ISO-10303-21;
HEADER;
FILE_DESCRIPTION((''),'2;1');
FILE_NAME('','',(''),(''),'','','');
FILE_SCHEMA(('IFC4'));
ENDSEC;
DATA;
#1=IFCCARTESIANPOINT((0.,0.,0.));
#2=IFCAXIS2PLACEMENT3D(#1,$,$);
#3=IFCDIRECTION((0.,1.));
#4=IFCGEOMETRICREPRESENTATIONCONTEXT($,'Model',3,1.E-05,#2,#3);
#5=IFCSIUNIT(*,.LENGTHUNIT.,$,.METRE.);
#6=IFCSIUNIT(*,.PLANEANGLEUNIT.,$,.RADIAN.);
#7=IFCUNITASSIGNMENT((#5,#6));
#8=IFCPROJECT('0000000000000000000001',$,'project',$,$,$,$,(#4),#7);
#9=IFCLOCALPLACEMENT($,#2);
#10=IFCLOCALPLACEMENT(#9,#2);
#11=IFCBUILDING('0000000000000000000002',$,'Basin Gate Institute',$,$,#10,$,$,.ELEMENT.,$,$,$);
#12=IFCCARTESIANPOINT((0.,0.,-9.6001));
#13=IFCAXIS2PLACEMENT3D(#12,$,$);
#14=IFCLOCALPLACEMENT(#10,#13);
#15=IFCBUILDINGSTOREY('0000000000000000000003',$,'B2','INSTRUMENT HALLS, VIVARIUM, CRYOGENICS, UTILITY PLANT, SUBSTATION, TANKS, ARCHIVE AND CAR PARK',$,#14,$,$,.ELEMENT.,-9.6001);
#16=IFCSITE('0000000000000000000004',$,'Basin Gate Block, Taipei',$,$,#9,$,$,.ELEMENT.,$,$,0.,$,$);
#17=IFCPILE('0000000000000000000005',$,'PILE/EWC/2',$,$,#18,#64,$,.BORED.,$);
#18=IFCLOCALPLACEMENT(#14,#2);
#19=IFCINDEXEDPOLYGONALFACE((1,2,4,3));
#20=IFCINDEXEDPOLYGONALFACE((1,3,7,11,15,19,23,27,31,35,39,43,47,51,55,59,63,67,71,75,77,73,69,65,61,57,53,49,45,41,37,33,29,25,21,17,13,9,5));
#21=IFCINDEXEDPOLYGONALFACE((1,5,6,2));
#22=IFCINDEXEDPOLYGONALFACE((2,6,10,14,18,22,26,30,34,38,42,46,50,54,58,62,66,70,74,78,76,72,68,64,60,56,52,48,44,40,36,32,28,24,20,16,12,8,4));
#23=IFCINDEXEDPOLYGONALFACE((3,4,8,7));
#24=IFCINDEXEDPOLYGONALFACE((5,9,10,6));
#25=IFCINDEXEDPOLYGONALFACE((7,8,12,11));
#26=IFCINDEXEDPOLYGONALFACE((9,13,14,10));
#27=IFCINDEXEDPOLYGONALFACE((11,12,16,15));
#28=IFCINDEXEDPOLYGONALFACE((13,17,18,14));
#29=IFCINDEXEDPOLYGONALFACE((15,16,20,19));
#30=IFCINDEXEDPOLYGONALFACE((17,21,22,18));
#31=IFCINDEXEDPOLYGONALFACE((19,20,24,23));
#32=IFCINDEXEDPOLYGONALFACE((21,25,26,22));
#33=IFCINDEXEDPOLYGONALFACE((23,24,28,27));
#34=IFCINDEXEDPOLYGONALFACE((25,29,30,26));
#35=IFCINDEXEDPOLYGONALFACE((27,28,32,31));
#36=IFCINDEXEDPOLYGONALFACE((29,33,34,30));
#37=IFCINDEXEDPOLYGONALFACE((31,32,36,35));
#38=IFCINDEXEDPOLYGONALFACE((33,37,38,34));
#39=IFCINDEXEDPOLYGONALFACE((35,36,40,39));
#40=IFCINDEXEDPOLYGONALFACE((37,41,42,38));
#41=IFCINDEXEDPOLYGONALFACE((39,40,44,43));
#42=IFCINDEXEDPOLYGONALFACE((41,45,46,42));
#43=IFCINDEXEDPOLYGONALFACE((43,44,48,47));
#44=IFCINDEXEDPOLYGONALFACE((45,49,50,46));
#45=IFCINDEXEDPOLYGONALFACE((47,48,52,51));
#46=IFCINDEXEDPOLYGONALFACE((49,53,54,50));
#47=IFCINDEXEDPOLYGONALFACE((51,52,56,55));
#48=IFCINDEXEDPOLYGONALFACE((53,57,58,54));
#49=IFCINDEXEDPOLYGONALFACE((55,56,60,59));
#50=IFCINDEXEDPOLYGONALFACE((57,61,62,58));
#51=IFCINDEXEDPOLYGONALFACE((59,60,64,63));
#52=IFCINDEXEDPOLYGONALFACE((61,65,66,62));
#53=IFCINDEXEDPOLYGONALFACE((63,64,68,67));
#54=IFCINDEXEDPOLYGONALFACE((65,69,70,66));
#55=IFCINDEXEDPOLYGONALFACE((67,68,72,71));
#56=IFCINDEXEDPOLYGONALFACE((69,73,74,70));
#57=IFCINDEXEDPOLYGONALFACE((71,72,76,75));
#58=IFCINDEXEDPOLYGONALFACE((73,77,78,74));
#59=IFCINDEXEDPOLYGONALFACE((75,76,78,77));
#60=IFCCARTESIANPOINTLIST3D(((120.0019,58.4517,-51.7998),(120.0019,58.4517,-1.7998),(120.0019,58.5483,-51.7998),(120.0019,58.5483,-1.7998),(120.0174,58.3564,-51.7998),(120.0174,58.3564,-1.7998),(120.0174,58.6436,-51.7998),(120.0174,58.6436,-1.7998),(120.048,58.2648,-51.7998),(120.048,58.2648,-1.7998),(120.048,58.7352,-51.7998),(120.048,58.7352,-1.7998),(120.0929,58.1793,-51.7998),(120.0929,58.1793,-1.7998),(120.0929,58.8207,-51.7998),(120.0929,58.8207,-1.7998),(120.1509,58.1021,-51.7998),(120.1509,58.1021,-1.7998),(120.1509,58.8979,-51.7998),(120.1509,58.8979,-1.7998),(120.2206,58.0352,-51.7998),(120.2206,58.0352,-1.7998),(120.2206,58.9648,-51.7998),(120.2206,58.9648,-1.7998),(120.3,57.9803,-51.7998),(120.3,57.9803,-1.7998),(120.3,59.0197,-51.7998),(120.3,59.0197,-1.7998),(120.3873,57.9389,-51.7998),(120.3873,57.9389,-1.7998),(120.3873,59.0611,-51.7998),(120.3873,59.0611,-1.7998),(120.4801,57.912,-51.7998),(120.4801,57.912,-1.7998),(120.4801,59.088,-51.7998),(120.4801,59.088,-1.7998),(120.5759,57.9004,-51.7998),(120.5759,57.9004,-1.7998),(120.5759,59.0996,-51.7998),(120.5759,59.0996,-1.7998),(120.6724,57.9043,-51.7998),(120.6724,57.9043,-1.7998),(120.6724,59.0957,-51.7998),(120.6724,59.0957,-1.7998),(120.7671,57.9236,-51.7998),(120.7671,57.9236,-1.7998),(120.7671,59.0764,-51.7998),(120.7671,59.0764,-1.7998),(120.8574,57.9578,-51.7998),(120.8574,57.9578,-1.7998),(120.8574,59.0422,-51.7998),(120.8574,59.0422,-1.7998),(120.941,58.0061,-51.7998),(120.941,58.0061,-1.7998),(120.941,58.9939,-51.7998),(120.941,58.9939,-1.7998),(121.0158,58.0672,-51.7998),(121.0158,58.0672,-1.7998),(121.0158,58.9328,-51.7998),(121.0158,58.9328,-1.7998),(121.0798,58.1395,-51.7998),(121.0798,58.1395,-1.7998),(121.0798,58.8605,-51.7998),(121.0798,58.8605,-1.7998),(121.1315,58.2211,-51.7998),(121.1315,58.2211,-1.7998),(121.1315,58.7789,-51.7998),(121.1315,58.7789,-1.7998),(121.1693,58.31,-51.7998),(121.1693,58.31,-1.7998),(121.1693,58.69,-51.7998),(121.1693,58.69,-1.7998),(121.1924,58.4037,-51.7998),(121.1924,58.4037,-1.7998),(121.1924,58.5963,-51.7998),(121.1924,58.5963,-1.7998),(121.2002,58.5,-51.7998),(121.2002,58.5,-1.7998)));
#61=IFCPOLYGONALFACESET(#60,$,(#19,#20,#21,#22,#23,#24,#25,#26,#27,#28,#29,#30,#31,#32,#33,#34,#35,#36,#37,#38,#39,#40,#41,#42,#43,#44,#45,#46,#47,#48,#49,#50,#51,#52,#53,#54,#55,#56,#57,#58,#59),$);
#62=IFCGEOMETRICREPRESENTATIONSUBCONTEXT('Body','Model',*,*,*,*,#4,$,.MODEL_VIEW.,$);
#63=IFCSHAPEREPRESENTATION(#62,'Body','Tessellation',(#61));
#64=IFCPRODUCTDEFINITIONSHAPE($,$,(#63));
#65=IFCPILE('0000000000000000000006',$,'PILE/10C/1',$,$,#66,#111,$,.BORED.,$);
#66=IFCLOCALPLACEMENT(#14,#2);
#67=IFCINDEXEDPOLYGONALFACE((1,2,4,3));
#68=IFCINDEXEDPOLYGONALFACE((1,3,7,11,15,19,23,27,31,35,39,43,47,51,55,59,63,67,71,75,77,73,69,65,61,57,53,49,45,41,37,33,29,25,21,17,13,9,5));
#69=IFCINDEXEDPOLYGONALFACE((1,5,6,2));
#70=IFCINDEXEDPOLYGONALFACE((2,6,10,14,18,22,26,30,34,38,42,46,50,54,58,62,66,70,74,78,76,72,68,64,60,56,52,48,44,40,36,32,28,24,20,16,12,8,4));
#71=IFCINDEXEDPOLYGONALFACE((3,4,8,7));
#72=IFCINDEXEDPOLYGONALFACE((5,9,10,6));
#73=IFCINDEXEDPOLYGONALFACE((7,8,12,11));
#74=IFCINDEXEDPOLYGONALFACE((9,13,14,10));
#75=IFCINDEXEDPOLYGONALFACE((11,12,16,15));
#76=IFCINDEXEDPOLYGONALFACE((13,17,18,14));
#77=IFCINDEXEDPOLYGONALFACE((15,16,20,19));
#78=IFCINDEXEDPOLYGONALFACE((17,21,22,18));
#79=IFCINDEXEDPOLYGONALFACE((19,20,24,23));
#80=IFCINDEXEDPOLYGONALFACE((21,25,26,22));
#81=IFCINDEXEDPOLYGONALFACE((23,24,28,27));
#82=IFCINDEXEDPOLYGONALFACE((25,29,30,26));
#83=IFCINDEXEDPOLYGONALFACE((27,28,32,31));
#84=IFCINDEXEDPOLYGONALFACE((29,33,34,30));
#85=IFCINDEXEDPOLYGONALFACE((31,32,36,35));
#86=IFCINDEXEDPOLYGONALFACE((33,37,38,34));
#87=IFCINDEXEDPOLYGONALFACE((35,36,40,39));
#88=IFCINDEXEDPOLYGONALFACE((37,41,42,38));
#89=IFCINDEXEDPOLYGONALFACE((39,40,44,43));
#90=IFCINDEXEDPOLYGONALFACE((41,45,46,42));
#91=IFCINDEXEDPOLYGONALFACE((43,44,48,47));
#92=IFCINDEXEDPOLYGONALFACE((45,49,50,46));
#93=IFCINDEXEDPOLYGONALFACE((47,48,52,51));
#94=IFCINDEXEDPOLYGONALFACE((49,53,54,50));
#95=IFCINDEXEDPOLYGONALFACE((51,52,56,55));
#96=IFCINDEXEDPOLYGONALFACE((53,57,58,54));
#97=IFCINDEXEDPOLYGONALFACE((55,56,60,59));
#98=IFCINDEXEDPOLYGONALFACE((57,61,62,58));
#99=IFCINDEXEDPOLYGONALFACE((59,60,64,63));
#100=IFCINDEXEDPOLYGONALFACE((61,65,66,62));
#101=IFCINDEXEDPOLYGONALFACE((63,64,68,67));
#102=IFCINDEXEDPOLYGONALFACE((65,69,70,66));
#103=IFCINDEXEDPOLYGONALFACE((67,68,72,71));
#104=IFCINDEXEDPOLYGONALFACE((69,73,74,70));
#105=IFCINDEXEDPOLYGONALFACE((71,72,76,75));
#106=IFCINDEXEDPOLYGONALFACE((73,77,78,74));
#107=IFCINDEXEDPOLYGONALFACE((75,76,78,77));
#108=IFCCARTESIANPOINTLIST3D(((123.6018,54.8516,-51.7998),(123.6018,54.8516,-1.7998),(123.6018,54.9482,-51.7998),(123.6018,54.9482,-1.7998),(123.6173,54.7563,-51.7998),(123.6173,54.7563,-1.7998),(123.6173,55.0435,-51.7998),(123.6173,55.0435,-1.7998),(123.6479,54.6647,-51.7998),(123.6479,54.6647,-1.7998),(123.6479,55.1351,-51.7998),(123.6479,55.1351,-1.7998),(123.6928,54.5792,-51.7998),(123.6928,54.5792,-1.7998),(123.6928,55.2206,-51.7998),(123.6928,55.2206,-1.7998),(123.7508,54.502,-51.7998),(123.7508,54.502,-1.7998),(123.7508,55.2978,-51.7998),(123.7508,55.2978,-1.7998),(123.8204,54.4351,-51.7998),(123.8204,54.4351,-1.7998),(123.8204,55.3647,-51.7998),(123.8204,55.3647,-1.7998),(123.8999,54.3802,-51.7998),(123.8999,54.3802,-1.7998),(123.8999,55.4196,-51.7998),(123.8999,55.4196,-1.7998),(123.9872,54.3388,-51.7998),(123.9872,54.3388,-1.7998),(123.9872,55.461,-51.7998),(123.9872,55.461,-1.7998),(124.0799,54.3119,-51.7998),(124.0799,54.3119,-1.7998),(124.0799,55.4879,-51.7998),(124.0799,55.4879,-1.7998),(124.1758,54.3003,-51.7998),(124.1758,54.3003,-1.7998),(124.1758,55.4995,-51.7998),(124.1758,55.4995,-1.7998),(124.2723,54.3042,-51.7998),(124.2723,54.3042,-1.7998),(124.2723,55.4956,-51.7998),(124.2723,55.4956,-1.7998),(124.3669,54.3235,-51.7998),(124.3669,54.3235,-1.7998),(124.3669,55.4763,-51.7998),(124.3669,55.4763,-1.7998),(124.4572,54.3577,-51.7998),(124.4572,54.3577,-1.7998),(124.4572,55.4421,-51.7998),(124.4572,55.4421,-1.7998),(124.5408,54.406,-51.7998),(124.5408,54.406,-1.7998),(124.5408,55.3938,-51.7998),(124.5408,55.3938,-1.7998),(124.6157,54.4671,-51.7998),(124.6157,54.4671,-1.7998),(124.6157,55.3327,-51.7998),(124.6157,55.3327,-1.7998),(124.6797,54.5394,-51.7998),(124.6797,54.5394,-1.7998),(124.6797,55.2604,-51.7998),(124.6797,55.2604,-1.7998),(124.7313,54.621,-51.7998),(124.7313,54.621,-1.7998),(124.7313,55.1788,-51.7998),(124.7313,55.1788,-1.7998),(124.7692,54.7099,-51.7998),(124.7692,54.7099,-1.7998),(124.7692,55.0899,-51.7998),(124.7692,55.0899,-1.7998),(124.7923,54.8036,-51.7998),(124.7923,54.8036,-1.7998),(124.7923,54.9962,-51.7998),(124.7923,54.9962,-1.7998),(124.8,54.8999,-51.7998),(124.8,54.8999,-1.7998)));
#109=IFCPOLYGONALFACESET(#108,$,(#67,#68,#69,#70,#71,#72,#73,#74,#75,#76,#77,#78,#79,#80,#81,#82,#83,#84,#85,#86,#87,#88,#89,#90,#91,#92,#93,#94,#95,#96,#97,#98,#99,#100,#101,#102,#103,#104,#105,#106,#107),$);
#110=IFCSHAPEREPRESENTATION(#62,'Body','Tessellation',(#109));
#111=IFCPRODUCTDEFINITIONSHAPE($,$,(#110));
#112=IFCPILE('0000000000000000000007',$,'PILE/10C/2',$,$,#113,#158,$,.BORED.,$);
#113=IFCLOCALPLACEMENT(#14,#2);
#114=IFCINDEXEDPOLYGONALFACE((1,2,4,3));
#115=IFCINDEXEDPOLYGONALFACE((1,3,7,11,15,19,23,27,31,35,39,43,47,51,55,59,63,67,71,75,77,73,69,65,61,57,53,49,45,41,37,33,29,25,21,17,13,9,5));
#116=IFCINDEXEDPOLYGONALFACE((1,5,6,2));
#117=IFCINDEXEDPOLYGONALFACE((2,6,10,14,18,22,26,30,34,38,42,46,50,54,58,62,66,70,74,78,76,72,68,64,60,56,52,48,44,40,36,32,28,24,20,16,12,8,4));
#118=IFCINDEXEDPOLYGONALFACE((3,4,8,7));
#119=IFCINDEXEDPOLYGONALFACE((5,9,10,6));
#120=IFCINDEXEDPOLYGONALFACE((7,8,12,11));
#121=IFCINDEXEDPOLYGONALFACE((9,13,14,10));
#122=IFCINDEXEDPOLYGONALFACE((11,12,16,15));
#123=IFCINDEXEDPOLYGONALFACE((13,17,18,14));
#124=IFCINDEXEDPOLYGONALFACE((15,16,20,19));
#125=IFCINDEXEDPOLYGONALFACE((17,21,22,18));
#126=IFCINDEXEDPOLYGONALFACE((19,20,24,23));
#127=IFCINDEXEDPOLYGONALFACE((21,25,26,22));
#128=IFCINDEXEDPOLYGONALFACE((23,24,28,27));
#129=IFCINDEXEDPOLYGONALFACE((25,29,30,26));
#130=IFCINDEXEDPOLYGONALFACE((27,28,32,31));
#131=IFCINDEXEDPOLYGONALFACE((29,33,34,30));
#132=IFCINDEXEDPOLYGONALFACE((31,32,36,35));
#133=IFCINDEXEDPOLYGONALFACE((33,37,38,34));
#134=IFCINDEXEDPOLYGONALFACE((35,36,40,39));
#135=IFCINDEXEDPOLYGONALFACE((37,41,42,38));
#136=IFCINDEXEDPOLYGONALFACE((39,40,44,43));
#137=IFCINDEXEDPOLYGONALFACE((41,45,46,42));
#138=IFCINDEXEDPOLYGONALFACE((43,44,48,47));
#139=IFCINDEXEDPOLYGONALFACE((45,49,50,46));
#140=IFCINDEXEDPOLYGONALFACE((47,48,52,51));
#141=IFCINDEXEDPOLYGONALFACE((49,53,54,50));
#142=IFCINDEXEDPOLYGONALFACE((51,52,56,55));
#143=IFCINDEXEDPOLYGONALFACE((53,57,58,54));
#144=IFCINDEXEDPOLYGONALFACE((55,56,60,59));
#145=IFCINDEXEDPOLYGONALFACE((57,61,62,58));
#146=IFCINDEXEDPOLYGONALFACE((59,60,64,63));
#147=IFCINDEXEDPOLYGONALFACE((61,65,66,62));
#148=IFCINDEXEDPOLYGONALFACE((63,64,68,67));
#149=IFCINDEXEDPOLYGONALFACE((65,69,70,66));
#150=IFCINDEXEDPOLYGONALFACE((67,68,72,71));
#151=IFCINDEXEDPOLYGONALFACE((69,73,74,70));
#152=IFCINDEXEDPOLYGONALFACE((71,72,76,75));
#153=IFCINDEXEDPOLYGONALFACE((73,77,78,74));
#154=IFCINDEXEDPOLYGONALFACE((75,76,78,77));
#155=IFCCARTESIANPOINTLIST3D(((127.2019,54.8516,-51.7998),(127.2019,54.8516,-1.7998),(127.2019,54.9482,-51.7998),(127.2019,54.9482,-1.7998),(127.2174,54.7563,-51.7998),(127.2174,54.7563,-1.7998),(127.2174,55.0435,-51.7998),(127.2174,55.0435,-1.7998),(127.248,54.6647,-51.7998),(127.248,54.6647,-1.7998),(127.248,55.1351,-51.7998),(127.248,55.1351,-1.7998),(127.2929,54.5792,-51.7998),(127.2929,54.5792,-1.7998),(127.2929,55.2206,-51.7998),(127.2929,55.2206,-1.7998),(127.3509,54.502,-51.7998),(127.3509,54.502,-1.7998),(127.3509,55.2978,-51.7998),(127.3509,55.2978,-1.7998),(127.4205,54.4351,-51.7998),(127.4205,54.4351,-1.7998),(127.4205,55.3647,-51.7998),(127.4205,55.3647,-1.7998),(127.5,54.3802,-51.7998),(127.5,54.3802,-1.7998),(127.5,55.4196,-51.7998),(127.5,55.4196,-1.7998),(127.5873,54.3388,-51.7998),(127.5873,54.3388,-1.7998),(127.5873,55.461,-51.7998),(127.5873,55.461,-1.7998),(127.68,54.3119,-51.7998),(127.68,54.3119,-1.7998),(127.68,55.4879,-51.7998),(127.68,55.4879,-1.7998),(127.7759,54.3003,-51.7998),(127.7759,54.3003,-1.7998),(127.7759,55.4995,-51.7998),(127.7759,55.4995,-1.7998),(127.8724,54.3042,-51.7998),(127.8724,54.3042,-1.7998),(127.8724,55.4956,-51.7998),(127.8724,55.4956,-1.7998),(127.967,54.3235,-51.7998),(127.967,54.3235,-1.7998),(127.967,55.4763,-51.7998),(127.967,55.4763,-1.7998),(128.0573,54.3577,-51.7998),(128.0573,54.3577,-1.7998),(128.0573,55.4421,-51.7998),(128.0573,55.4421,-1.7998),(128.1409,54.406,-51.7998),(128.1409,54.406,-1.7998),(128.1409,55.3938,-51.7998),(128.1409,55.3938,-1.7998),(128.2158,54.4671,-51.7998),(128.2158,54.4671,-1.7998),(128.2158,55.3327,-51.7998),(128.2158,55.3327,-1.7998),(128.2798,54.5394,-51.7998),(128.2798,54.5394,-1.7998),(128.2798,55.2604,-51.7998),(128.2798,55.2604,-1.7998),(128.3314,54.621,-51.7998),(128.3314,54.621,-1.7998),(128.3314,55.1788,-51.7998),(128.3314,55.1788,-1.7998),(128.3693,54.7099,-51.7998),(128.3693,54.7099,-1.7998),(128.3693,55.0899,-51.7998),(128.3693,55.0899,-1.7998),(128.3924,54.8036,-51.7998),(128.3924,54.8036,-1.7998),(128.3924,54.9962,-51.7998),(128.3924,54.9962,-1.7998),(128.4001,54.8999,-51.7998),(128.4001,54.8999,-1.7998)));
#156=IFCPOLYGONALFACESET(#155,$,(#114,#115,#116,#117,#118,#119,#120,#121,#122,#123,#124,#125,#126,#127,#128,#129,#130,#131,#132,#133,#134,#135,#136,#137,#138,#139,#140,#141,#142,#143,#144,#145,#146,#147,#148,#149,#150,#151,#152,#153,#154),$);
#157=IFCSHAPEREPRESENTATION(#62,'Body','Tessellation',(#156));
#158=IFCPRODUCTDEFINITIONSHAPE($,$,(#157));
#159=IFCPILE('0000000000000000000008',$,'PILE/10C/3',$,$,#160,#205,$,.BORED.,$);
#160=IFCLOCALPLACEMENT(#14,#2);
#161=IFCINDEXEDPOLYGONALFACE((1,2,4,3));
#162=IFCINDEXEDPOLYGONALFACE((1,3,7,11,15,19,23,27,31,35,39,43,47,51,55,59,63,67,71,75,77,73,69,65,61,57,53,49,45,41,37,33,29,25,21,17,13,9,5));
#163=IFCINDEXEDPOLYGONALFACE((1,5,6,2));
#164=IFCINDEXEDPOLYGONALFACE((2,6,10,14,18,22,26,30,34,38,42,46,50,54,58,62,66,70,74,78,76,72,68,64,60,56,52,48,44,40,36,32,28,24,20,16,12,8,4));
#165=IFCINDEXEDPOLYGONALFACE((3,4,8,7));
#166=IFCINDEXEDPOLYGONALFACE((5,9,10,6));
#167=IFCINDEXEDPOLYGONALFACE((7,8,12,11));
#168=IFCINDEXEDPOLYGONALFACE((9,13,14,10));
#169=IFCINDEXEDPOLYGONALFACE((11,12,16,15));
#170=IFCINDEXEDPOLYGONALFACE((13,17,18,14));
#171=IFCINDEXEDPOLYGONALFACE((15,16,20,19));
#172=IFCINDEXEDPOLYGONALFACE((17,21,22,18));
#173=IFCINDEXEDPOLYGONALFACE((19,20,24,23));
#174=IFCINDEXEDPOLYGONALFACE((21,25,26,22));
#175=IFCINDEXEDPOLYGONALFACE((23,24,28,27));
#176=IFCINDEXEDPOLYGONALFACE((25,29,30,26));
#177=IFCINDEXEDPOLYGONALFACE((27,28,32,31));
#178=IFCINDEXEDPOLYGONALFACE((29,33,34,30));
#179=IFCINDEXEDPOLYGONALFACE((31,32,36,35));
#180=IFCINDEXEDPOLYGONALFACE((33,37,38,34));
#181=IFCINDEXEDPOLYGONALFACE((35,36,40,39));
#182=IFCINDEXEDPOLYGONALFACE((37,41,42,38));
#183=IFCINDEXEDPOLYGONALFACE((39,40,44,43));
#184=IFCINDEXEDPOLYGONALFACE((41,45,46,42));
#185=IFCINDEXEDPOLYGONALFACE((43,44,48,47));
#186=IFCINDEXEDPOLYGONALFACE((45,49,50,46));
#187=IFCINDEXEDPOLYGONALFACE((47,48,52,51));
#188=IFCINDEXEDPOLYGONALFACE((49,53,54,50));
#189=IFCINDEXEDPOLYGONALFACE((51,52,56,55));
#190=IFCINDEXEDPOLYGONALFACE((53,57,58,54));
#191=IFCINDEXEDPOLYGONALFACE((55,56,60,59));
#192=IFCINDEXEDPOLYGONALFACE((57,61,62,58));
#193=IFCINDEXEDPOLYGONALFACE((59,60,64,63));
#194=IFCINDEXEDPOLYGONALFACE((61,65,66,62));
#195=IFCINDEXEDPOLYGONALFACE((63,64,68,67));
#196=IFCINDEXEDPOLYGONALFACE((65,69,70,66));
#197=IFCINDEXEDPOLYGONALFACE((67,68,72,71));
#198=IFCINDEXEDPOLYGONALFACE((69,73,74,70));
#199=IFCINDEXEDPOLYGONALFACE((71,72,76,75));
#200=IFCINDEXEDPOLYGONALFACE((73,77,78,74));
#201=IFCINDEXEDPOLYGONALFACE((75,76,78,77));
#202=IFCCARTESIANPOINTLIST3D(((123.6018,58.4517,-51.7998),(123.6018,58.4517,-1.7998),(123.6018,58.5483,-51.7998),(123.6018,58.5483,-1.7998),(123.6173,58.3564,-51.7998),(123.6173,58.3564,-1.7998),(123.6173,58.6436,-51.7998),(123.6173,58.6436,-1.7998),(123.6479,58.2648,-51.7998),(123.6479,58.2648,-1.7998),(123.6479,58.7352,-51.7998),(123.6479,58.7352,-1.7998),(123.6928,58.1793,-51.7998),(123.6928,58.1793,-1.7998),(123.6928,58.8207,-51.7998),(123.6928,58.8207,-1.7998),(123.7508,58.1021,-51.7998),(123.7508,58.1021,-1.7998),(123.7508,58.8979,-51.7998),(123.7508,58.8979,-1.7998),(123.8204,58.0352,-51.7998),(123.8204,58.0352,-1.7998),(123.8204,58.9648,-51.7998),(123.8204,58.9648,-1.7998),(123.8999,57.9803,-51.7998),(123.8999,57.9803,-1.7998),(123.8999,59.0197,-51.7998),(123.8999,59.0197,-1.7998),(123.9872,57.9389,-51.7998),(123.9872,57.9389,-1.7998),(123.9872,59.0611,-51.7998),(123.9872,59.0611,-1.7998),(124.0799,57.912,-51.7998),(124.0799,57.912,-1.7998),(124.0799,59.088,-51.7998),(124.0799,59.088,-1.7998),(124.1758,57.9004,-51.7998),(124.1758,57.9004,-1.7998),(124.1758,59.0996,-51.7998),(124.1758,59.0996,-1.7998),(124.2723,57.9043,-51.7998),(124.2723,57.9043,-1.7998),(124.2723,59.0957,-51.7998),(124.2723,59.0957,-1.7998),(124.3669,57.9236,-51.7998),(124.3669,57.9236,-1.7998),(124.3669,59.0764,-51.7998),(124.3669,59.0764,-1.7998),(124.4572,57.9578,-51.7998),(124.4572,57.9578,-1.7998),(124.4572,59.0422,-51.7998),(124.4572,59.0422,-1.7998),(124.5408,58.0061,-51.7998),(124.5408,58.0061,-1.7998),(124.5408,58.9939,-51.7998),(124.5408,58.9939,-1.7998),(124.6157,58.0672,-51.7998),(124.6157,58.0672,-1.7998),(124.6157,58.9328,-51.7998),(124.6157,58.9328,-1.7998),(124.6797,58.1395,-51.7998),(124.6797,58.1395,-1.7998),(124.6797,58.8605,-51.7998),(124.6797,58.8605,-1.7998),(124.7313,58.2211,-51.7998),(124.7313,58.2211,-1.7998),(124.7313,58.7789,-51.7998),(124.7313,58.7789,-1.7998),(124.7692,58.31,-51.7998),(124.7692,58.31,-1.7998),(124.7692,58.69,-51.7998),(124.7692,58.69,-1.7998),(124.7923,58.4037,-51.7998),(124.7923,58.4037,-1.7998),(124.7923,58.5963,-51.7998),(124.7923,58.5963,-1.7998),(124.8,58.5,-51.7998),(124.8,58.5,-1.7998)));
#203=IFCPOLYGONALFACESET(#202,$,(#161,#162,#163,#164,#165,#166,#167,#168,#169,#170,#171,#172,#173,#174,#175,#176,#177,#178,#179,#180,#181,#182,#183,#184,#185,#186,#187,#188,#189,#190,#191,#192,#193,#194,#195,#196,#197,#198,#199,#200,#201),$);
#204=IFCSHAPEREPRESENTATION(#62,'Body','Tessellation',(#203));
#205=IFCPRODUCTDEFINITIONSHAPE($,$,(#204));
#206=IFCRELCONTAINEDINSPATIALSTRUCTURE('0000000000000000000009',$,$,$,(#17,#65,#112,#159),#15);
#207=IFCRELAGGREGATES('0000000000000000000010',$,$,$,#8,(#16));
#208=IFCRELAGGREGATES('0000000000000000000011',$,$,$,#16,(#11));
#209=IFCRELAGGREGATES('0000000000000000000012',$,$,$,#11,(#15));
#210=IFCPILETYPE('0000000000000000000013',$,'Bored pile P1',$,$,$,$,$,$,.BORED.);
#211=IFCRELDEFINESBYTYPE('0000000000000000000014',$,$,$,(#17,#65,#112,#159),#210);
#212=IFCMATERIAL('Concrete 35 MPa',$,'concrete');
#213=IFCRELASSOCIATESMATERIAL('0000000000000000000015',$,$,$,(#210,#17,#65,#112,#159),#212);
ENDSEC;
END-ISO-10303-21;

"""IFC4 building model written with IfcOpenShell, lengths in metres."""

from ifc_helpers import new_model, si_unit, direction, frame, origin, origin_2d, place, context, subcontext, project, spatial, circle, extrude, material, material_profile, profile_set, type_object, element, save


model = new_model("IFC4")

# Units and contexts
model_context = context("Model", 3, precision=1e-05, world=origin(), true_north=direction((0.0, 1.0)))
body_context = subcontext(model_context, "Body", "Model", "MODEL_VIEW")
ifc_project = project(units=[si_unit("LENGTHUNIT", "METRE"), si_unit("PLANEANGLEUNIT", "RADIAN")], contexts=[model_context])

# Site, building, storey
site_placement = place(None, origin())
site = spatial("IfcSite", under=ifc_project, at=site_placement, Name="Basin Gate Block, Taipei", CompositionType="ELEMENT", RefElevation=0.0)
building_placement = place(site_placement, origin())
building = spatial("IfcBuilding", under=site, at=building_placement, Name="Basin Gate Institute", CompositionType="ELEMENT")
storey_placement = place(building_placement, frame((0.0, 0.0, -9.6001)))
storey = spatial("IfcBuildingStorey", under=building, at=storey_placement, Name="B2", Description="INSTRUMENT HALLS, VIVARIUM, CRYOGENICS, UTILITY PLANT, SUBSTATION, TANKS, ARCHIVE AND CAR PARK", CompositionType="ELEMENT", Elevation=-9.6001)

# Piles
ifc_material_1 = material(Name="Concrete 35 MPa", Category="concrete")
ifc_material_profile_1 = material_profile(ifc_material_1, circle(Radius=0.6001, at=origin_2d()), Name="Bored pile P1 1200 dia")
ifc_profile_set_1 = profile_set([ifc_material_profile_1], Name="Concrete 35 MPa")
pile_type = type_object("IfcPileType", Name="Bored pile P1", PredefinedType="BORED", material=ifc_profile_set_1)
for number, where, z_axis, x_axis, name in (
    (1, (120.6001, 58.5, -1.7998), (0.0, 0.0, -1.0), (1.0, 0.0, 0.0), "PILE/EWC/2"),
    (2, (124.2, 54.8999, -1.7998), (0.0, 0.0, -1.0), (1.0, 0.0, 0.0), "PILE/10C/1"),
    (3, (127.8, 54.8999, -1.7998), (0.0, 0.0, -1.0), (1.0, 0.0, 0.0), "PILE/10C/2"),
    (4, (124.2, 58.5, -1.7998), (0.0, 0.0, -1.0), (1.0, 0.0, 0.0), "PILE/10C/3"),
):
    element("IfcPile", number, at=place(storey_placement, frame(where, z_axis=z_axis, x_axis=x_axis)), inside=storey, type_object=pile_type, material=ifc_profile_set_1, Name=name, PredefinedType="BORED", context=body_context, shape_type="SweptSolid", body=[
        extrude(circle(Radius=0.6001, at=origin_2d()), origin(), (0.0, 0.0, 1.0), 50.0),
    ])

save(model, "model.ifc")
